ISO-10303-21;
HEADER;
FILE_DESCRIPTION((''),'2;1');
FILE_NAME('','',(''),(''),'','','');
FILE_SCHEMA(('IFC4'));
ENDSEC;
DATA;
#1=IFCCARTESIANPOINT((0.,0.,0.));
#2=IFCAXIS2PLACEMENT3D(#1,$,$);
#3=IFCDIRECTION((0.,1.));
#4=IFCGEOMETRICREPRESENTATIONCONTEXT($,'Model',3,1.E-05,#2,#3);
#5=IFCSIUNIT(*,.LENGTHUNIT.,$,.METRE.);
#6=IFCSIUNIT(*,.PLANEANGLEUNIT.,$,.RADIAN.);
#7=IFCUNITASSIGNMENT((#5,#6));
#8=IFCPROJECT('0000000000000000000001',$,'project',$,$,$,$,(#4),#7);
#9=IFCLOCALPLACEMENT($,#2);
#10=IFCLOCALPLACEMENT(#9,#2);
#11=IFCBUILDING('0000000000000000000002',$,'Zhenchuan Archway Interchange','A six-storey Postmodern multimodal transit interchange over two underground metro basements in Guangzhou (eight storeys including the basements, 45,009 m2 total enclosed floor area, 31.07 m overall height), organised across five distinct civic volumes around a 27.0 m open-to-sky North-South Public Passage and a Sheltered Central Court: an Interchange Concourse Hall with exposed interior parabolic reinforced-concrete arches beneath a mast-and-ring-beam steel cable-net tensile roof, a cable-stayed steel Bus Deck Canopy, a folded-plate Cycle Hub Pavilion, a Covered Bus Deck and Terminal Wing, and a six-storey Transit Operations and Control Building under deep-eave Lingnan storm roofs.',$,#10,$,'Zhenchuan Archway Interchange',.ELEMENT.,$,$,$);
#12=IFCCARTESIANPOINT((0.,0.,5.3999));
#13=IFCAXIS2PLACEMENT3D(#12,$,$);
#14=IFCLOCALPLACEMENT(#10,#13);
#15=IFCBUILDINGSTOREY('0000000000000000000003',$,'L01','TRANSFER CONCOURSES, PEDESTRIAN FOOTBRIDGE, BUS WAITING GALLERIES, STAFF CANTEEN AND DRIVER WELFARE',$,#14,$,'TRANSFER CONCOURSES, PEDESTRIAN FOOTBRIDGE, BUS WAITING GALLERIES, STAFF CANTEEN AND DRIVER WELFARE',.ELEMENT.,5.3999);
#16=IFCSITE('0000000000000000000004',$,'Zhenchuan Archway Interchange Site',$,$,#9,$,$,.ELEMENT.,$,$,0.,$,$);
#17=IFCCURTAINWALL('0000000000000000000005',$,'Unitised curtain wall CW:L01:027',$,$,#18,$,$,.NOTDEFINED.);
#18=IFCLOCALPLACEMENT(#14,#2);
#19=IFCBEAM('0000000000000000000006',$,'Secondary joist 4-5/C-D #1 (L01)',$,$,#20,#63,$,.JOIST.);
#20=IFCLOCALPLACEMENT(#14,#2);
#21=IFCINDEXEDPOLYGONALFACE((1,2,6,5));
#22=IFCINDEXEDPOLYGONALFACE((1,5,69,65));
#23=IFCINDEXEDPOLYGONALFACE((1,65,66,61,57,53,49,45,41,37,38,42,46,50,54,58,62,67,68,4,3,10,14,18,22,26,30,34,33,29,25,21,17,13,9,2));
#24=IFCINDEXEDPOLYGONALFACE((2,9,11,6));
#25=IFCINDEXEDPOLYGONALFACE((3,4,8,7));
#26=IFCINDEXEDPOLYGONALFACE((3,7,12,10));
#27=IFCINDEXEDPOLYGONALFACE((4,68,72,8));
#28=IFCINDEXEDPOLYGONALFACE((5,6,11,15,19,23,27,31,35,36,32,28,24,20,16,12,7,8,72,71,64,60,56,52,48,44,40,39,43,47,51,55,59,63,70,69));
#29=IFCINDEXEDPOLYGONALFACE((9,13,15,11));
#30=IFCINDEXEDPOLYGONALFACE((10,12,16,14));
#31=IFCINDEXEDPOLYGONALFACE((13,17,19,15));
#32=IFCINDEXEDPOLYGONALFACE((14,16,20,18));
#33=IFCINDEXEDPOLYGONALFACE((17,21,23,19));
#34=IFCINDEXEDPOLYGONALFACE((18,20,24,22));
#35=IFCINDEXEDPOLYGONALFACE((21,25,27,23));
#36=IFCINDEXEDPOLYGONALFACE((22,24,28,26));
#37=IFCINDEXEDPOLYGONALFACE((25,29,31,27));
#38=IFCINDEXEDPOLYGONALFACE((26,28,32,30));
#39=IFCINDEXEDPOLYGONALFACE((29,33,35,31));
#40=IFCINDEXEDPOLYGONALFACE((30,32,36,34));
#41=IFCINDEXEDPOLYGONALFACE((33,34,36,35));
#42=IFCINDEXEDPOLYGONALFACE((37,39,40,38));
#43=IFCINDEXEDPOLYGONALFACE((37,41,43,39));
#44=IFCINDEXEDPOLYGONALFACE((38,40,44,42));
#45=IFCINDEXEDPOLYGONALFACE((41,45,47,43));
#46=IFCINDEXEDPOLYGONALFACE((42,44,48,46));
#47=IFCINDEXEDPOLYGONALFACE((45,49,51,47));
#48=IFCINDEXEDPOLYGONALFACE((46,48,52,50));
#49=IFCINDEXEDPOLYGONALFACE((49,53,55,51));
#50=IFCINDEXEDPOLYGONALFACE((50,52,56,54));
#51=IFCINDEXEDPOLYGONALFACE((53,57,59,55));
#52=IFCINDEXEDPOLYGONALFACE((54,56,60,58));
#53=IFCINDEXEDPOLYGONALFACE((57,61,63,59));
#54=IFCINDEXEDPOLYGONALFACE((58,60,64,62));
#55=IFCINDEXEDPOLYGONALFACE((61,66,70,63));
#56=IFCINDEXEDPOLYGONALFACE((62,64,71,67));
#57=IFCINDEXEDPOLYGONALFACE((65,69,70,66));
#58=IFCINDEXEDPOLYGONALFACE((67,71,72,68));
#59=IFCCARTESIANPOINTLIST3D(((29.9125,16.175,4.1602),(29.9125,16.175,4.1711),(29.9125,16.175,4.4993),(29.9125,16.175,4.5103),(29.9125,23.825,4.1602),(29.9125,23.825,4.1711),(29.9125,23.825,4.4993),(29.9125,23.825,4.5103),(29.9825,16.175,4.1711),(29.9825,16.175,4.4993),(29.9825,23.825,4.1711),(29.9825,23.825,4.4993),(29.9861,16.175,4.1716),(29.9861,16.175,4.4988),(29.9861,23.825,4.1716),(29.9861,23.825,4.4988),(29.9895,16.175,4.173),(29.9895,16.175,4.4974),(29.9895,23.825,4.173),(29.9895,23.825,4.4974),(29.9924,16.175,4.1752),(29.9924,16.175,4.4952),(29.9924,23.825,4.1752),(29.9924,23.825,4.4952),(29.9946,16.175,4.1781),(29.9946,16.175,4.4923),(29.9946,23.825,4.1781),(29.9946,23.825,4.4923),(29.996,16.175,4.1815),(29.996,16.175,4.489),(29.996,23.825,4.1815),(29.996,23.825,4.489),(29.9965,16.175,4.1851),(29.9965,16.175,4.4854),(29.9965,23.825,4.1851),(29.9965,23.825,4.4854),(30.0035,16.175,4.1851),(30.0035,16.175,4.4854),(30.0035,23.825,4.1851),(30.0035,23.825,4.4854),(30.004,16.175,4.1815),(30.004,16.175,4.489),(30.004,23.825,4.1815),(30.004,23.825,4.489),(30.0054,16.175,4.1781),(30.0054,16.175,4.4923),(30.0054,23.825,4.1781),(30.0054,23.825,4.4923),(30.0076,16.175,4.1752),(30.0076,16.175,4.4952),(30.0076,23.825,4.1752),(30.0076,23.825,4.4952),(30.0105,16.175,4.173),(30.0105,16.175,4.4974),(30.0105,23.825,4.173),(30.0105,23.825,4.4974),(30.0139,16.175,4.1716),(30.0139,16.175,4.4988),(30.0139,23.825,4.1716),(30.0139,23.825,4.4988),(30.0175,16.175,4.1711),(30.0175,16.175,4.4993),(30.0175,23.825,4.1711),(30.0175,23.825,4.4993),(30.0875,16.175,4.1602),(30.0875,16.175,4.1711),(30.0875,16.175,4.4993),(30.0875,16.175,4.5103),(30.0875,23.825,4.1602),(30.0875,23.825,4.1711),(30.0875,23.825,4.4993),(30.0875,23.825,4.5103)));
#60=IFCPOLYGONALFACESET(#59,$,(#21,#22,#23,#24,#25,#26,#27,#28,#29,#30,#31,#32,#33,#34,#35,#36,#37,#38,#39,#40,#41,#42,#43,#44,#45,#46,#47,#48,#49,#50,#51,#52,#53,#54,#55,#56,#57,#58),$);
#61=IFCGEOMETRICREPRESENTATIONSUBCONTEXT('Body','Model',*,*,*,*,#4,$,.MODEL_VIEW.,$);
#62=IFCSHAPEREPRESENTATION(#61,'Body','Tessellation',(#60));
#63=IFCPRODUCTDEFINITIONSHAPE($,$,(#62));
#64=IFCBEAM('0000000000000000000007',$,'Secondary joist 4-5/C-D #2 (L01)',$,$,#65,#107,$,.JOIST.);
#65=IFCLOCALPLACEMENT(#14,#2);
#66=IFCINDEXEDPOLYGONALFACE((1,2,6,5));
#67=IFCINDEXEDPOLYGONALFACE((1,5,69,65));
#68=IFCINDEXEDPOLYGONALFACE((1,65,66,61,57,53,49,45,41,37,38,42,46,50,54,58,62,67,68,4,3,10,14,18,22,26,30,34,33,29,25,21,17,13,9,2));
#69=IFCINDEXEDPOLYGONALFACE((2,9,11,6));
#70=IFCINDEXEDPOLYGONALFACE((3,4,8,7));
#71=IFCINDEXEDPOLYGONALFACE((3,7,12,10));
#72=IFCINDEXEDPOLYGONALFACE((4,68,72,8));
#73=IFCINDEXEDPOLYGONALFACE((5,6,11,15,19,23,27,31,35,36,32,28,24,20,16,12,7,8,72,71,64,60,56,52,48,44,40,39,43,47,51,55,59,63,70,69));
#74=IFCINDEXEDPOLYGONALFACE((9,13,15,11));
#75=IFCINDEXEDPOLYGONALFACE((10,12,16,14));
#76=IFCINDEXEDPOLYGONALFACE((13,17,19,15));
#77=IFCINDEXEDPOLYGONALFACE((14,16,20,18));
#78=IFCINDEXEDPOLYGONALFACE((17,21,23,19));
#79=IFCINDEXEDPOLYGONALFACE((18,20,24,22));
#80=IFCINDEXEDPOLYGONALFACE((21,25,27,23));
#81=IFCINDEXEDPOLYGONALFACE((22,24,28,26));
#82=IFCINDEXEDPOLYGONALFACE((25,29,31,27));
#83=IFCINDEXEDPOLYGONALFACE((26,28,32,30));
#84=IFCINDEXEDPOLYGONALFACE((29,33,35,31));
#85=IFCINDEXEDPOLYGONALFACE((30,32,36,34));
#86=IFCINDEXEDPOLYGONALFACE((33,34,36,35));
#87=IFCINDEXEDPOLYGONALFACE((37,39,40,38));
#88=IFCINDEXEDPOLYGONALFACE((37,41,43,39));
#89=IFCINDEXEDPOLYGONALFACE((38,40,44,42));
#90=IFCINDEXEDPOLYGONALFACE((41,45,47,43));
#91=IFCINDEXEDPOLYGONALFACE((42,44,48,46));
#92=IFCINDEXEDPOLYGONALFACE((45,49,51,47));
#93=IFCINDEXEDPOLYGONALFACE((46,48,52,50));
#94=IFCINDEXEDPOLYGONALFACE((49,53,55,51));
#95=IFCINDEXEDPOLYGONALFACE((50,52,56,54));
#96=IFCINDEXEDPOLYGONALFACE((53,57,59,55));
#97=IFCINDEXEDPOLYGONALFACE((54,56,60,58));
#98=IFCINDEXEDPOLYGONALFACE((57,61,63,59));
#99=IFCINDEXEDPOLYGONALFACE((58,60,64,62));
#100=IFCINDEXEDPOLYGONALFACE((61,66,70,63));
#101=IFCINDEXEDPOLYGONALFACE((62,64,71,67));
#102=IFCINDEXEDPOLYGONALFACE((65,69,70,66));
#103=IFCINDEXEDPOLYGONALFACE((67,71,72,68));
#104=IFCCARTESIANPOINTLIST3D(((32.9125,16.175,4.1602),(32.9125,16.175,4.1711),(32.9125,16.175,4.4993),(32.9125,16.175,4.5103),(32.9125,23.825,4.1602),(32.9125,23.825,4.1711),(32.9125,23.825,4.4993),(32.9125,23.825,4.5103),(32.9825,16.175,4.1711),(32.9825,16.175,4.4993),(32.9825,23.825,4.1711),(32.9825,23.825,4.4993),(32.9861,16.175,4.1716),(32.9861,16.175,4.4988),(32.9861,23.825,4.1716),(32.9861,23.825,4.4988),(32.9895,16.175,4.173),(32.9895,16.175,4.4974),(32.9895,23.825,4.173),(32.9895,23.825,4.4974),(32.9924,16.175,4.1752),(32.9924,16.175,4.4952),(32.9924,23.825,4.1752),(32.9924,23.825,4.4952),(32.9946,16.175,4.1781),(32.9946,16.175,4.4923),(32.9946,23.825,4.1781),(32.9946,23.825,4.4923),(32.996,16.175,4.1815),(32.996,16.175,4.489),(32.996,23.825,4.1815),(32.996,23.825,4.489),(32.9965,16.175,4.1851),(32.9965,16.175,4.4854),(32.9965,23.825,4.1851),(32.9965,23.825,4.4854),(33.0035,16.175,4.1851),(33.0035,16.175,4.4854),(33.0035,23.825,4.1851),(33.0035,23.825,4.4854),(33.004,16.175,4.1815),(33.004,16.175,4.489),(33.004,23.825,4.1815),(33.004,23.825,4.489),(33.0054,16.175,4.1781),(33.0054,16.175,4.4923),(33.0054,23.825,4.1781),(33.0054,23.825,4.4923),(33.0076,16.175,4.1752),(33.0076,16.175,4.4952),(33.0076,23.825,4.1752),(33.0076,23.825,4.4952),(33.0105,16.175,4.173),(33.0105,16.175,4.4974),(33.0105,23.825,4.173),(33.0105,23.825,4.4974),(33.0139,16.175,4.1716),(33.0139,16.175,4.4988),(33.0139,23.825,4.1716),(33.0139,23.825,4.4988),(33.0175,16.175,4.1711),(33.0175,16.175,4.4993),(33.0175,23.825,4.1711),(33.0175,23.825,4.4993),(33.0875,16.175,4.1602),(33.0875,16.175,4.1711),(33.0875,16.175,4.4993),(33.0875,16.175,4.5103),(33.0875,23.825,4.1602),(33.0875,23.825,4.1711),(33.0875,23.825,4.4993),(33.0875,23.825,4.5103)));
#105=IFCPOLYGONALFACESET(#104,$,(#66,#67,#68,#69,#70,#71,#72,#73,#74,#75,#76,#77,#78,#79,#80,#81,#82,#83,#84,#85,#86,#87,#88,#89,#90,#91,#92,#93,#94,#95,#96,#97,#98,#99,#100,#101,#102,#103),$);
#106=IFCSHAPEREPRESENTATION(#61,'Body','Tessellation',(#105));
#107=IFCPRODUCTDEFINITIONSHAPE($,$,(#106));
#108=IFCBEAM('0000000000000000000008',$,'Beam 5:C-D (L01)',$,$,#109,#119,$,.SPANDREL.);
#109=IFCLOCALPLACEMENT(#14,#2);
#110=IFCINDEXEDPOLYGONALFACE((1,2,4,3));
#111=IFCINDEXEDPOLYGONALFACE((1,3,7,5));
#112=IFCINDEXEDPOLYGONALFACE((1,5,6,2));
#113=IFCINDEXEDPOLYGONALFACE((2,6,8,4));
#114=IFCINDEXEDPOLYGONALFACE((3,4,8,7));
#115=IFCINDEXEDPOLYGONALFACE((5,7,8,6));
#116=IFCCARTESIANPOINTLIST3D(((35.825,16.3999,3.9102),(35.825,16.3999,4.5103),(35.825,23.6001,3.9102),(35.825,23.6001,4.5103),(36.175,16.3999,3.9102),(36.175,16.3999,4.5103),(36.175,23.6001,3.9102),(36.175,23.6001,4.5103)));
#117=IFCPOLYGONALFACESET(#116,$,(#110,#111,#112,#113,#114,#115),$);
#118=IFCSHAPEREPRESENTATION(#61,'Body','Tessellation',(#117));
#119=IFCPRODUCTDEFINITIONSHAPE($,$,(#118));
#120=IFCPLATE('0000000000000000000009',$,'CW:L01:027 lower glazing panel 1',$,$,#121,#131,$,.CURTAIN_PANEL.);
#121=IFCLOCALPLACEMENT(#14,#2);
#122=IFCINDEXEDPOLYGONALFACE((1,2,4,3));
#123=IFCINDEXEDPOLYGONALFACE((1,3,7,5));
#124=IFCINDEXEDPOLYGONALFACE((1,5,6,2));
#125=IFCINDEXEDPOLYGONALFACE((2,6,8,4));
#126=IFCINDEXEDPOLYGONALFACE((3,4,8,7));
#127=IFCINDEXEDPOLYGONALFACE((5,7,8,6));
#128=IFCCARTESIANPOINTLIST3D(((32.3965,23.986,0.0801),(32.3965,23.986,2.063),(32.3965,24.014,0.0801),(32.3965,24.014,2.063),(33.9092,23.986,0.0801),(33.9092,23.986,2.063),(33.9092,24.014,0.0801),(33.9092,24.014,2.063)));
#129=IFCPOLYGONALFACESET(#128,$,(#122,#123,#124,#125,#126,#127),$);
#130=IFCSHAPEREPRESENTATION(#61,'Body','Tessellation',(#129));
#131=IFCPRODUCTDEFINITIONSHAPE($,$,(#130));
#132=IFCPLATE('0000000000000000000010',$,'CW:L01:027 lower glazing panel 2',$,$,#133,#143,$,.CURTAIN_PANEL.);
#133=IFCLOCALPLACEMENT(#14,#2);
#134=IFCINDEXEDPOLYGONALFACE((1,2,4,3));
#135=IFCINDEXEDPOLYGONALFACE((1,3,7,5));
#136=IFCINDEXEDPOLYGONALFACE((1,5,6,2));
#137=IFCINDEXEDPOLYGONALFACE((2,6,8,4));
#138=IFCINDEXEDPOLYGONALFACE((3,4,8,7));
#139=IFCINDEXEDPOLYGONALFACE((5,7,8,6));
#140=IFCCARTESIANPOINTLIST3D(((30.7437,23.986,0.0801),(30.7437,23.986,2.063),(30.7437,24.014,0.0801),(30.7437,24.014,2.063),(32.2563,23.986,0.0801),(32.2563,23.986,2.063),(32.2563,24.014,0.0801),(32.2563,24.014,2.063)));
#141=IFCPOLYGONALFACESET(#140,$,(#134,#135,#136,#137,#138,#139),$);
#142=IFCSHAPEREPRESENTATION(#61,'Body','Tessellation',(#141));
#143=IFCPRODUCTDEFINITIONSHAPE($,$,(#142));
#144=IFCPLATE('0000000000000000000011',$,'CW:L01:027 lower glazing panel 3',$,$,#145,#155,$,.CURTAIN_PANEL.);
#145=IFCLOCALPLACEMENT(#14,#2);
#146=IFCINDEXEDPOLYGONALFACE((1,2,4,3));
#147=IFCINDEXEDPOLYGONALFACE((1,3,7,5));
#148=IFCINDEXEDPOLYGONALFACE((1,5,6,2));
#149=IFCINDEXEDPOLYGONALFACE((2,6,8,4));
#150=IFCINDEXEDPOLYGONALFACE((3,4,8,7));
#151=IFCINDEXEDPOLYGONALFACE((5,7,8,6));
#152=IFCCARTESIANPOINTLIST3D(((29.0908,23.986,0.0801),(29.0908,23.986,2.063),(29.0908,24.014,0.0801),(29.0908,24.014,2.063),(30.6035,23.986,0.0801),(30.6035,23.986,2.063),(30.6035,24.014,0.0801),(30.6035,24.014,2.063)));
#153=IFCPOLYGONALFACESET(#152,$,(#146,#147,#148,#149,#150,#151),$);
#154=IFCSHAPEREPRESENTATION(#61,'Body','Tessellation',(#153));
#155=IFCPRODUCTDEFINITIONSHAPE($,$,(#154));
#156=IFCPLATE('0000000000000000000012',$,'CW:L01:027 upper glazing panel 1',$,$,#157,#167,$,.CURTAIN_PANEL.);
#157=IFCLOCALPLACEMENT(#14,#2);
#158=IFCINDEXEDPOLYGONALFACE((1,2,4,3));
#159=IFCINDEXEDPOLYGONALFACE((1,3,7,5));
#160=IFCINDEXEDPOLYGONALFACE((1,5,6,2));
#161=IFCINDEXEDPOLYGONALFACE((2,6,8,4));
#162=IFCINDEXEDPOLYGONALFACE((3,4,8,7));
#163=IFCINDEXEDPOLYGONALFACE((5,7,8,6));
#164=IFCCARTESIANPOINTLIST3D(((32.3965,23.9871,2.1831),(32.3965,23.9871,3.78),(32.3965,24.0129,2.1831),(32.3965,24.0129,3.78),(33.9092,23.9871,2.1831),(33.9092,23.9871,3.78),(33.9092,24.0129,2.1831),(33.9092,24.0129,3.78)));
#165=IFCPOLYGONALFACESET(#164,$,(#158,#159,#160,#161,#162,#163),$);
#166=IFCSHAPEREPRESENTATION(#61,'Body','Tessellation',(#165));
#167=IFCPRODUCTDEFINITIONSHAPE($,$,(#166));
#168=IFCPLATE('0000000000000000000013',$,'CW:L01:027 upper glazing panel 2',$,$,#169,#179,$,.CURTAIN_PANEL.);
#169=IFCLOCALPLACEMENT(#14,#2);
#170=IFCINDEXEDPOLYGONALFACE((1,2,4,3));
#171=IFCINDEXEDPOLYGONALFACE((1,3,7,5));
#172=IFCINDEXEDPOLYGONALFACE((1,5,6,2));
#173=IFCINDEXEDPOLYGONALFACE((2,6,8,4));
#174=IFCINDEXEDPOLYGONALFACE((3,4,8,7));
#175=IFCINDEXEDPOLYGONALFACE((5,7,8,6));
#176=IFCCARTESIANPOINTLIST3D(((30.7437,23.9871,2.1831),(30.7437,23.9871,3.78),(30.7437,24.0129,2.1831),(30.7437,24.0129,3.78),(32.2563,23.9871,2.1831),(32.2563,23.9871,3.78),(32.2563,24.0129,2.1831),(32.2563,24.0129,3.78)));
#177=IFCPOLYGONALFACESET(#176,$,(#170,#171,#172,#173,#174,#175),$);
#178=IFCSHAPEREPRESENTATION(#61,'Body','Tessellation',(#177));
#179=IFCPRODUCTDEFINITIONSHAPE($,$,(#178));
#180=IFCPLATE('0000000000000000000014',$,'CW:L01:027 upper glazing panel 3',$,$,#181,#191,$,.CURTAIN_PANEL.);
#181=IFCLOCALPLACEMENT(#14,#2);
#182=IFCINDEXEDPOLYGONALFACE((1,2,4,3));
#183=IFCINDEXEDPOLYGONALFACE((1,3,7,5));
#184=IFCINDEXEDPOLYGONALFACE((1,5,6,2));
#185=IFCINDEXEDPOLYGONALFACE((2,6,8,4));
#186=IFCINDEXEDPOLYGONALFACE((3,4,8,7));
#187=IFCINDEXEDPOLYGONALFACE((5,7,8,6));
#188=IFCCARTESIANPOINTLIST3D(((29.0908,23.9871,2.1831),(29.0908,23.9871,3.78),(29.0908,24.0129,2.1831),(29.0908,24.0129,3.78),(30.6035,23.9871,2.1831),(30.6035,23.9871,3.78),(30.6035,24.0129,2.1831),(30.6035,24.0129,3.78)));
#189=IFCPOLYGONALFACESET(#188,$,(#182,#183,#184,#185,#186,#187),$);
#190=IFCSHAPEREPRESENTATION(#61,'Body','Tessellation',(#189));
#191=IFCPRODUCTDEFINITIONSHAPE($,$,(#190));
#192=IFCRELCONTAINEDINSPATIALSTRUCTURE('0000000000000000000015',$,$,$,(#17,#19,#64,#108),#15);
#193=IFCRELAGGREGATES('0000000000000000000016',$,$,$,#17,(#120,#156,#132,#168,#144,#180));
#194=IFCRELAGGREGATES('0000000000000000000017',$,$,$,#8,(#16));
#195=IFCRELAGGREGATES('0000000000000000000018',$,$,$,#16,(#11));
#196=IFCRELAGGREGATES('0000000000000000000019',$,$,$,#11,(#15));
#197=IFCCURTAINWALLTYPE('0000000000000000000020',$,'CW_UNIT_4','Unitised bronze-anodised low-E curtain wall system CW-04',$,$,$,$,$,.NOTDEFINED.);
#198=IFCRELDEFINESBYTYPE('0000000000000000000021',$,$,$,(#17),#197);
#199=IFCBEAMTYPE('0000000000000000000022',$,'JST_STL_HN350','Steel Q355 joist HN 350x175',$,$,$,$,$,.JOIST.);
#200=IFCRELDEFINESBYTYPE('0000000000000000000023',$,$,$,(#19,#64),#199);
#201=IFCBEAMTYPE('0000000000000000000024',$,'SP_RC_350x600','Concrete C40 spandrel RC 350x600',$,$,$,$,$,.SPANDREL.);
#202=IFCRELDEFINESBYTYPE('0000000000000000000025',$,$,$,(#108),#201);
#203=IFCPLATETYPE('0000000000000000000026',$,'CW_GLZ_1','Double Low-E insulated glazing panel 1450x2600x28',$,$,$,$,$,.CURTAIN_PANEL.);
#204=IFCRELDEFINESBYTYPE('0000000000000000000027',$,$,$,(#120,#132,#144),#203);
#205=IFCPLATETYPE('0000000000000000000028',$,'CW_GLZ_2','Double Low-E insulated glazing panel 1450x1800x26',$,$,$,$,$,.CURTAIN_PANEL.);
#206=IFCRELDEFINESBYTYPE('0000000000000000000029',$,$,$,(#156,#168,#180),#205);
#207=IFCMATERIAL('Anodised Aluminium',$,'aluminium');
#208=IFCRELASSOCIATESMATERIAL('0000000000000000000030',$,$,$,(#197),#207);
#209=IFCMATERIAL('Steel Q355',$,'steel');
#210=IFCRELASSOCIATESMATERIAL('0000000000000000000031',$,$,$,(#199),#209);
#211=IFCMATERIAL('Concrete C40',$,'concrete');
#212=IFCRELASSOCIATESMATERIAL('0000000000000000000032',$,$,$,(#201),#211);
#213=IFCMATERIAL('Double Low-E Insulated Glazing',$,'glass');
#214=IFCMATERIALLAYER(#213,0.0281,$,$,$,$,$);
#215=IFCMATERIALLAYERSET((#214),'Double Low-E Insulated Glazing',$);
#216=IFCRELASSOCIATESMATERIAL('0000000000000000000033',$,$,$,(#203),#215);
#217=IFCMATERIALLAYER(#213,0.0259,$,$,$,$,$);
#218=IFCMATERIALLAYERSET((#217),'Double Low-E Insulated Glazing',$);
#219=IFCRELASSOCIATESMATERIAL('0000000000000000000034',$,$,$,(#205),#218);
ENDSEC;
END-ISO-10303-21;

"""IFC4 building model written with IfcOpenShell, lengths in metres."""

from ifc_helpers import new_model, si_unit, direction, frame, origin, origin_2d, place, context, subcontext, project, spatial, rectangle, i_section, extrude, material, layer, layer_set, material_profile, profile_set, type_object, element, aggregate, save


model = new_model("IFC4")

# Units and contexts
model_context = context("Model", 3, precision=1e-05, world=origin(), true_north=direction((0.0, 1.0)))
body_context = subcontext(model_context, "Body", "Model", "MODEL_VIEW")
ifc_project = project(units=[si_unit("LENGTHUNIT", "METRE"), si_unit("PLANEANGLEUNIT", "RADIAN")], contexts=[model_context])

# Site, building, storey
site_placement = place(None, origin())
site = spatial("IfcSite", under=ifc_project, at=site_placement, Name="Zhenchuan Archway Interchange Site", CompositionType="ELEMENT", RefElevation=0.0)
building_placement = place(site_placement, origin())
building = spatial("IfcBuilding", under=site, at=building_placement, Name="Zhenchuan Archway Interchange", Description="A six-storey Postmodern multimodal transit interchange over two underground metro basements in Guangzhou (eight storeys including the basements, 45,009 m2 total enclosed floor area, 31.07 m overall height), organised across five distinct civic volumes around a 27.0 m open-to-sky North-South Public Passage and a Sheltered Central Court: an Interchange Concourse Hall with exposed interior parabolic reinforced-concrete arches beneath a mast-and-ring-beam steel cable-net tensile roof, a cable-stayed steel Bus Deck Canopy, a folded-plate Cycle Hub Pavilion, a Covered Bus Deck and Terminal Wing, and a six-storey Transit Operations and Control Building under deep-eave Lingnan storm roofs.", LongName="Zhenchuan Archway Interchange", CompositionType="ELEMENT")
storey_placement = place(building_placement, frame((0.0, 0.0, 5.3999)))
storey = spatial("IfcBuildingStorey", under=building, at=storey_placement, Name="L01", Description="TRANSFER CONCOURSES, PEDESTRIAN FOOTBRIDGE, BUS WAITING GALLERIES, STAFF CANTEEN AND DRIVER WELFARE", LongName="TRANSFER CONCOURSES, PEDESTRIAN FOOTBRIDGE, BUS WAITING GALLERIES, STAFF CANTEEN AND DRIVER WELFARE", CompositionType="ELEMENT", Elevation=5.3999)

# Shared definitions
ifc_material_1 = material(Name="Concrete C40", Category="concrete")

# Curtain wall
ifc_material_2 = material(Name="Anodised Aluminium", Category="aluminium")
curtain_wall_type = type_object("IfcCurtainWallType", Name="CW_UNIT_4", Description="Unitised bronze-anodised low-E curtain wall system CW-04", PredefinedType="NOTDEFINED", material=ifc_material_2)
curtain_wall_placement = place(storey_placement, origin())
curtain_wall = element("IfcCurtainWall", 1, at=curtain_wall_placement, inside=storey, type_object=curtain_wall_type, Name="Unitised curtain wall CW:L01:027", PredefinedType="NOTDEFINED")

# Beams
ifc_material_3 = material(Name="Steel Q355", Category="steel")
ifc_material_profile_1 = material_profile(ifc_material_3, i_section(OverallWidth=0.175, OverallDepth=0.3501, WebThickness=0.0071, FlangeThickness=0.011, FilletRadius=0.0139, at=origin_2d()), Name="HN 350x175")
ifc_profile_set_1 = profile_set([ifc_material_profile_1], Name="Steel Q355")
beam_type_1 = type_object("IfcBeamType", Name="JST_STL_HN350", Description="Steel Q355 joist HN 350x175", PredefinedType="JOIST", material=ifc_profile_set_1)
for number, where, z_axis, x_axis, name in (
    (2, (30.0, 16.175, 4.3352), (0.0, 1.0, 0.0), (-1.0, 0.0, 0.0), "Secondary joist 4-5/C-D #1 (L01)"),
    (3, (33.0, 16.175, 4.3352), (0.0, 1.0, 0.0), (-1.0, 0.0, 0.0), "Secondary joist 4-5/C-D #2 (L01)"),
):
    element("IfcBeam", number, at=place(storey_placement, frame(where, z_axis=z_axis, x_axis=x_axis)), inside=storey, type_object=beam_type_1, Name=name, PredefinedType="JOIST", context=body_context, shape_type="SweptSolid", body=[
        extrude(i_section(OverallWidth=0.175, OverallDepth=0.3501, WebThickness=0.0071, FlangeThickness=0.011, FilletRadius=0.0139, at=origin_2d()), origin(), (0.0, 0.0, 1.0), 7.6499),
    ])
ifc_material_profile_2 = material_profile(ifc_material_1, rectangle(XDim=0.3501, YDim=0.6001, at=origin_2d()), Name="RC 350x600")
ifc_profile_set_2 = profile_set([ifc_material_profile_2], Name="Concrete C40")
beam_type_2 = type_object("IfcBeamType", Name="SP_RC_350x600", Description="Concrete C40 spandrel RC 350x600", PredefinedType="SPANDREL", material=ifc_profile_set_2)
beam_1_placement = place(storey_placement, frame((36.0, 16.3999, 4.2102), z_axis=(0.0, 1.0, 0.0), x_axis=(-1.0, 0.0, 0.0)))
element("IfcBeam", 4, at=beam_1_placement, inside=storey, type_object=beam_type_2, Name="Beam 5:C-D (L01)", PredefinedType="SPANDREL", context=body_context, shape_type="SweptSolid", body=[
    extrude(rectangle(XDim=0.3501, YDim=0.6001, at=origin_2d()), origin(), (0.0, 0.0, 1.0), 7.2002),
])

# Plates
ifc_material_4 = material(Name="Double Low-E Insulated Glazing", Category="glass")
ifc_layer_1 = layer(ifc_material_4, 0.0281)
ifc_layer_set_1 = layer_set([ifc_layer_1], Name="Double Low-E Insulated Glazing")
plate_type_1 = type_object("IfcPlateType", Name="CW_GLZ_1", Description="Double Low-E insulated glazing panel 1450x2600x28", PredefinedType="CURTAIN_PANEL", material=ifc_layer_set_1)
plate_1_placement = place(storey_placement, frame((33.1528, 24.0, 0.0801), z_axis=(0.0, 0.0, 1.0), x_axis=(-1.0, 0.0, 0.0)))
plate_1 = element("IfcPlate", 5, at=plate_1_placement, type_object=plate_type_1, Name="CW:L01:027 lower glazing panel 1", PredefinedType="CURTAIN_PANEL", context=body_context, shape_type="SweptSolid", body=[
    extrude(rectangle(XDim=1.5127, YDim=0.0281, at=origin_2d()), origin(), (0.0, 0.0, 1.0), 1.9829),
])
plate_2_placement = place(storey_placement, frame((31.5, 24.0, 0.0801), z_axis=(0.0, 0.0, 1.0), x_axis=(-1.0, 0.0, 0.0)))
plate_2 = element("IfcPlate", 6, at=plate_2_placement, type_object=plate_type_1, Name="CW:L01:027 lower glazing panel 2", PredefinedType="CURTAIN_PANEL", context=body_context, shape_type="SweptSolid", body=[
    extrude(rectangle(XDim=1.5127, YDim=0.0281, at=origin_2d()), origin(), (0.0, 0.0, 1.0), 1.9829),
])
plate_3_placement = place(storey_placement, frame((29.8472, 24.0, 0.0801), z_axis=(0.0, 0.0, 1.0), x_axis=(-1.0, 0.0, 0.0)))
plate_3 = element("IfcPlate", 7, at=plate_3_placement, type_object=plate_type_1, Name="CW:L01:027 lower glazing panel 3", PredefinedType="CURTAIN_PANEL", context=body_context, shape_type="SweptSolid", body=[
    extrude(rectangle(XDim=1.5127, YDim=0.0281, at=origin_2d()), origin(), (0.0, 0.0, 1.0), 1.9829),
])
ifc_layer_2 = layer(ifc_material_4, 0.0259)
ifc_layer_set_2 = layer_set([ifc_layer_2], Name="Double Low-E Insulated Glazing")
plate_type_2 = type_object("IfcPlateType", Name="CW_GLZ_2", Description="Double Low-E insulated glazing panel 1450x1800x26", PredefinedType="CURTAIN_PANEL", material=ifc_layer_set_2)
plate_4_placement = place(storey_placement, frame((33.1528, 24.0, 2.1831), z_axis=(0.0, 0.0, 1.0), x_axis=(-1.0, 0.0, 0.0)))
plate_4 = element("IfcPlate", 8, at=plate_4_placement, type_object=plate_type_2, Name="CW:L01:027 upper glazing panel 1", PredefinedType="CURTAIN_PANEL", context=body_context, shape_type="SweptSolid", body=[
    extrude(rectangle(XDim=1.5127, YDim=0.0259, at=origin_2d()), origin(), (0.0, 0.0, 1.0), 1.5969),
])
plate_5_placement = place(storey_placement, frame((31.5, 24.0, 2.1831), z_axis=(0.0, 0.0, 1.0), x_axis=(-1.0, 0.0, 0.0)))
plate_5 = element("IfcPlate", 9, at=plate_5_placement, type_object=plate_type_2, Name="CW:L01:027 upper glazing panel 2", PredefinedType="CURTAIN_PANEL", context=body_context, shape_type="SweptSolid", body=[
    extrude(rectangle(XDim=1.5127, YDim=0.0259, at=origin_2d()), origin(), (0.0, 0.0, 1.0), 1.5969),
])
plate_6_placement = place(storey_placement, frame((29.8472, 24.0, 2.1831), z_axis=(0.0, 0.0, 1.0), x_axis=(-1.0, 0.0, 0.0)))
plate_6 = element("IfcPlate", 10, at=plate_6_placement, type_object=plate_type_2, Name="CW:L01:027 upper glazing panel 3", PredefinedType="CURTAIN_PANEL", context=body_context, shape_type="SweptSolid", body=[
    extrude(rectangle(XDim=1.5127, YDim=0.0259, at=origin_2d()), origin(), (0.0, 0.0, 1.0), 1.5969),
])
aggregate(curtain_wall, [plate_1, plate_4, plate_2, plate_5, plate_3, plate_6])

save(model, "model.ifc")
